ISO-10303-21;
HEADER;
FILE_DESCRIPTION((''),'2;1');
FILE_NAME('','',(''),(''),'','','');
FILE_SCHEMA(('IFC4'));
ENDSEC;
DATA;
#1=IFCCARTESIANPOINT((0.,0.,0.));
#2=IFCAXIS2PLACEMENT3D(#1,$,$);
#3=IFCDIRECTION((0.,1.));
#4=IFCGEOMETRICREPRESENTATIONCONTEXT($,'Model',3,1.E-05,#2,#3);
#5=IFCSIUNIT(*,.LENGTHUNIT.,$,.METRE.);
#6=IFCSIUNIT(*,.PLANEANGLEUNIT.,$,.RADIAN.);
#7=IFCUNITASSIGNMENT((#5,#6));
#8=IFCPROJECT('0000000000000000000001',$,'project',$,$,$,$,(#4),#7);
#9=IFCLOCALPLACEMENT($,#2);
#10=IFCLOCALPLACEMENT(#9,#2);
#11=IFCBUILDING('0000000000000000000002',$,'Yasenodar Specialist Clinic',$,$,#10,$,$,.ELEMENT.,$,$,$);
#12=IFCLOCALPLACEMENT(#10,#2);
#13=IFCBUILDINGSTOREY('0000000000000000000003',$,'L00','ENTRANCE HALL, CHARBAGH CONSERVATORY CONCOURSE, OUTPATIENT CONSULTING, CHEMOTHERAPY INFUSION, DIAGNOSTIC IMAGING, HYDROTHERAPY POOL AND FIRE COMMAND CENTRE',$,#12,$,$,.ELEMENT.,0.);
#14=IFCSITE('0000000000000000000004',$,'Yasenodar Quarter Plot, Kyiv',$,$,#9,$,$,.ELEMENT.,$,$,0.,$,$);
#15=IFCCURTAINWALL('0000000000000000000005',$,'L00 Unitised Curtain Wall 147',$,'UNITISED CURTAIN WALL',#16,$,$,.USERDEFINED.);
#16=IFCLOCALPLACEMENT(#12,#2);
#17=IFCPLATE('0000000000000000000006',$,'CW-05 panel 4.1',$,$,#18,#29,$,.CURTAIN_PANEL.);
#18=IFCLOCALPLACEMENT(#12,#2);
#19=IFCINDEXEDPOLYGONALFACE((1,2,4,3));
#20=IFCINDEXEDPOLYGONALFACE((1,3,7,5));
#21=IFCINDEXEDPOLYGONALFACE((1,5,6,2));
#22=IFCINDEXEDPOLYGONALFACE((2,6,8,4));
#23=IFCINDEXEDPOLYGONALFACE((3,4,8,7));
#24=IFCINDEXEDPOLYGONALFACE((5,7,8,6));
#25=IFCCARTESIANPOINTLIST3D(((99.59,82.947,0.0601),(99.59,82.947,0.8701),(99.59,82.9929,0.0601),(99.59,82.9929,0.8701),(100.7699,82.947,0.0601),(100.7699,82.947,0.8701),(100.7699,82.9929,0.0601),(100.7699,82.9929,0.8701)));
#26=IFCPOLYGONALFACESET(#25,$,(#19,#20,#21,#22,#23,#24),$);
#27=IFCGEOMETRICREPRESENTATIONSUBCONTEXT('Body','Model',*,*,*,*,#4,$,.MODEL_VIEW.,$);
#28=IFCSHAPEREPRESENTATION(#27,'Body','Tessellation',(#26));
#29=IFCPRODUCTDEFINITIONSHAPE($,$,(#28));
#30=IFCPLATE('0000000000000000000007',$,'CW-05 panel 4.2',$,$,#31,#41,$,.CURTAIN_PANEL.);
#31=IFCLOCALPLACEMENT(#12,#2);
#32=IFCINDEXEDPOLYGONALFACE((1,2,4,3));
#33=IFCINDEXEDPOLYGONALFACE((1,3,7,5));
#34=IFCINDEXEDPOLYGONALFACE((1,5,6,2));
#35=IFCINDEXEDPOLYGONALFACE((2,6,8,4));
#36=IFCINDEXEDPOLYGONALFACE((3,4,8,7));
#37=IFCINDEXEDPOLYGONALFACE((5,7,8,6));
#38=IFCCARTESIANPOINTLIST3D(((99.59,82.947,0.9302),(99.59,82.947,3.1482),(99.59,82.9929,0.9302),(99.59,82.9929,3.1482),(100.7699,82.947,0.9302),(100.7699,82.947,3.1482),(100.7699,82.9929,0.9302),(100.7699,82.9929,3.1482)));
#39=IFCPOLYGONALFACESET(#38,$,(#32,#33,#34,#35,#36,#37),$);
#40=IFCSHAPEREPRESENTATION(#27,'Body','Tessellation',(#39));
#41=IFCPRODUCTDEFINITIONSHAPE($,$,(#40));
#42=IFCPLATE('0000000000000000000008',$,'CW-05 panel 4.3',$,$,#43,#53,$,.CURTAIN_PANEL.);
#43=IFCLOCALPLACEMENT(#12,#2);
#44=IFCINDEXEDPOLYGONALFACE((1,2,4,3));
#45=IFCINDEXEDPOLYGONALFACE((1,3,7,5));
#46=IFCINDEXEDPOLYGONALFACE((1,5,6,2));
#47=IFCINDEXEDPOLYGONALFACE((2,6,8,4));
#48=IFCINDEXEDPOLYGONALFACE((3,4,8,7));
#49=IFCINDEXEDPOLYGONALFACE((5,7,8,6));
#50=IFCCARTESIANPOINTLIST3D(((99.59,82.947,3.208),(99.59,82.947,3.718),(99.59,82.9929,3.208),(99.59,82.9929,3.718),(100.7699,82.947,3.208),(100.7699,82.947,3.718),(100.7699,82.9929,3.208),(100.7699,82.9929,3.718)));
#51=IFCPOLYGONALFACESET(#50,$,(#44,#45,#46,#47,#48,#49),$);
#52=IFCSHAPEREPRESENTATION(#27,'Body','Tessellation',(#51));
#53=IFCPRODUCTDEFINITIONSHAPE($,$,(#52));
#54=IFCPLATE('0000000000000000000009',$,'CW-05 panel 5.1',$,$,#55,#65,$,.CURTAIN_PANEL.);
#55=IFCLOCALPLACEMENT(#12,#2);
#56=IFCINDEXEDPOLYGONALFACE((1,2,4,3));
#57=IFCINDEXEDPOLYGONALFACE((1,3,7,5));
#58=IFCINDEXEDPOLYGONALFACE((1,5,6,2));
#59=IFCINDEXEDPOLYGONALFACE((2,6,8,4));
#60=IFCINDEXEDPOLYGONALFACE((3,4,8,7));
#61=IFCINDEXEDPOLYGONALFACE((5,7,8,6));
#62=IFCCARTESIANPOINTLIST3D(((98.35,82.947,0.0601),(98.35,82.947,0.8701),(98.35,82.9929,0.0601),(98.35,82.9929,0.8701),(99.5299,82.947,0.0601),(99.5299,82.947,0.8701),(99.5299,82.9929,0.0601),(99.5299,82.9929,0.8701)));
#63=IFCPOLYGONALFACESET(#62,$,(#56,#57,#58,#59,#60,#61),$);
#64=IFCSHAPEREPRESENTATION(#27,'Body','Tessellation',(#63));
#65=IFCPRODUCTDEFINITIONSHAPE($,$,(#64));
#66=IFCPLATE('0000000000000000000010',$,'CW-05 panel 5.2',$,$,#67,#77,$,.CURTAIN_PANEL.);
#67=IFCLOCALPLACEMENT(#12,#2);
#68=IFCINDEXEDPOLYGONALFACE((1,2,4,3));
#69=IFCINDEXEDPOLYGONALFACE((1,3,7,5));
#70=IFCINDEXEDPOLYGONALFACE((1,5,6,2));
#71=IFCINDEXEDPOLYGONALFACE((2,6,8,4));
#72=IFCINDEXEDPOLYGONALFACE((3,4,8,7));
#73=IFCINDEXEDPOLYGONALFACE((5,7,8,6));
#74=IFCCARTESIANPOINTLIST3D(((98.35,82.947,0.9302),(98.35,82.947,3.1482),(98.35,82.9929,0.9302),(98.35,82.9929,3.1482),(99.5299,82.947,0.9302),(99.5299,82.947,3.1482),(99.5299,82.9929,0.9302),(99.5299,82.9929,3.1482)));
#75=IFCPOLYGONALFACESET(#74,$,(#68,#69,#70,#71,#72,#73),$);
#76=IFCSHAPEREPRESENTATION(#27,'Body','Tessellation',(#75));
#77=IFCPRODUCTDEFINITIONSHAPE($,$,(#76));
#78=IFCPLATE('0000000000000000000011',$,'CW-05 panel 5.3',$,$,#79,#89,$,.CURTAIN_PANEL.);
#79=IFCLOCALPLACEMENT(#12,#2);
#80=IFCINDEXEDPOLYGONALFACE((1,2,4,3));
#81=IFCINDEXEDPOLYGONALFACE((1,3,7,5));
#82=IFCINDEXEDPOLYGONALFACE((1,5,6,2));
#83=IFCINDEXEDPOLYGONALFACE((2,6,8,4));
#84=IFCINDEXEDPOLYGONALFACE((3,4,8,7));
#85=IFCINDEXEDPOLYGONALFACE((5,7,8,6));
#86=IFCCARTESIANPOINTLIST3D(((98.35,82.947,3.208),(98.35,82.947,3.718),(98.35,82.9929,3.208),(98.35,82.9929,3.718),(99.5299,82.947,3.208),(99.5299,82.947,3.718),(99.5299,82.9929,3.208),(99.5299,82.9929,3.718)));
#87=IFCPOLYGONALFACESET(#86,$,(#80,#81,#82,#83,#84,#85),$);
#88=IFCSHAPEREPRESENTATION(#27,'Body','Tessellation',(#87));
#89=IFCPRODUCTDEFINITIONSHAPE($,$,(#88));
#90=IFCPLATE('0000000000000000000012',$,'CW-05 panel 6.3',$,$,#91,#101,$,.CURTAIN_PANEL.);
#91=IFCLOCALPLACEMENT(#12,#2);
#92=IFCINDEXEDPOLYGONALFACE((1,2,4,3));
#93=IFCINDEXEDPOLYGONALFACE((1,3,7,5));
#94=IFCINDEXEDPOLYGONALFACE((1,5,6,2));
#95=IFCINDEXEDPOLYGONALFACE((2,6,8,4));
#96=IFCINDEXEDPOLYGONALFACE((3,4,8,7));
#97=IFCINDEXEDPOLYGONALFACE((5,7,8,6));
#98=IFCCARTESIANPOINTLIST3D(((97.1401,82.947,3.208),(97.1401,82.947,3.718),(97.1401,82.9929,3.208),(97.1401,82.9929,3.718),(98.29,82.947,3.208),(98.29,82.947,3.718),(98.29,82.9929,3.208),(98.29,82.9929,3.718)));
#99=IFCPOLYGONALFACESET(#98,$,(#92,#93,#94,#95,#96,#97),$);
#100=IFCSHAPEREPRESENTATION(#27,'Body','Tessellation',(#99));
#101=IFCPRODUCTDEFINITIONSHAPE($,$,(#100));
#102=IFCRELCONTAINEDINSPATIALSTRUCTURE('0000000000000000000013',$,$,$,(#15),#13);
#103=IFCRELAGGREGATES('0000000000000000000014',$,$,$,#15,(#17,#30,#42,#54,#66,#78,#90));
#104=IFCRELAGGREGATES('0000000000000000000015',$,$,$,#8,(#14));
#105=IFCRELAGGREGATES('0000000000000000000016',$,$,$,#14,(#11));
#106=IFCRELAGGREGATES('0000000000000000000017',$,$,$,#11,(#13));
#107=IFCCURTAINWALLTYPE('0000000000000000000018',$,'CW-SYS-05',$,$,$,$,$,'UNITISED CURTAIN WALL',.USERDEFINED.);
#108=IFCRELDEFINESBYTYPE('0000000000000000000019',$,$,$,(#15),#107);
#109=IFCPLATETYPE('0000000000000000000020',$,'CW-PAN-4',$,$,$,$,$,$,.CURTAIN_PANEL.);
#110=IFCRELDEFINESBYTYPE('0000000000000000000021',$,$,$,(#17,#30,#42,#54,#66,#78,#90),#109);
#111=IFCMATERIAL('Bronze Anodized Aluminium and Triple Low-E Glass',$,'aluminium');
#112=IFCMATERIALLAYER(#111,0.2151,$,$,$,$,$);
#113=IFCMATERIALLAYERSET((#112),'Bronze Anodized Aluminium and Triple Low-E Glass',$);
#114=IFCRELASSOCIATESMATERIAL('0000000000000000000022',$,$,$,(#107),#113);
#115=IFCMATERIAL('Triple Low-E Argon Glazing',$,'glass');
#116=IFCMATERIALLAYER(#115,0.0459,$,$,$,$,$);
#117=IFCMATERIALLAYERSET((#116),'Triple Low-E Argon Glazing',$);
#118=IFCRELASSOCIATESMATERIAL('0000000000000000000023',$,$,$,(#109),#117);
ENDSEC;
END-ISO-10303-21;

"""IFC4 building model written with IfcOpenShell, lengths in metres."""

from ifc_helpers import new_model, si_unit, direction, frame, origin, origin_2d, place, context, subcontext, project, spatial, rectangle, extrude, material, layer, layer_set, type_object, element, aggregate, save


model = new_model("IFC4")

# Units and contexts
model_context = context("Model", 3, precision=1e-05, world=origin(), true_north=direction((0.0, 1.0)))
body_context = subcontext(model_context, "Body", "Model", "MODEL_VIEW")
ifc_project = project(units=[si_unit("LENGTHUNIT", "METRE"), si_unit("PLANEANGLEUNIT", "RADIAN")], contexts=[model_context])

# Site, building, storey
site_placement = place(None, origin())
site = spatial("IfcSite", under=ifc_project, at=site_placement, Name="Yasenodar Quarter Plot, Kyiv", CompositionType="ELEMENT", RefElevation=0.0)
building_placement = place(site_placement, origin())
building = spatial("IfcBuilding", under=site, at=building_placement, Name="Yasenodar Specialist Clinic", CompositionType="ELEMENT")
storey_placement = place(building_placement, origin())
storey = spatial("IfcBuildingStorey", under=building, at=storey_placement, Name="L00", Description="ENTRANCE HALL, CHARBAGH CONSERVATORY CONCOURSE, OUTPATIENT CONSULTING, CHEMOTHERAPY INFUSION, DIAGNOSTIC IMAGING, HYDROTHERAPY POOL AND FIRE COMMAND CENTRE", CompositionType="ELEMENT", Elevation=0.0)

# Curtain wall, plates
ifc_material_1 = material(Name="Bronze Anodized Aluminium and Triple Low-E Glass", Category="aluminium")
ifc_layer_1 = layer(ifc_material_1, 0.2151)
ifc_layer_set_1 = layer_set([ifc_layer_1], Name="Bronze Anodized Aluminium and Triple Low-E Glass")
curtain_wall_type = type_object("IfcCurtainWallType", Name="CW-SYS-05", ElementType="UNITISED CURTAIN WALL", PredefinedType="USERDEFINED", material=ifc_layer_set_1)
curtain_wall_placement = place(storey_placement, origin())
curtain_wall = element("IfcCurtainWall", 1, at=curtain_wall_placement, inside=storey, type_object=curtain_wall_type, Name="L00 Unitised Curtain Wall 147", ObjectType="UNITISED CURTAIN WALL", PredefinedType="USERDEFINED")
ifc_material_2 = material(Name="Triple Low-E Argon Glazing", Category="glass")
ifc_layer_2 = layer(ifc_material_2, 0.0459)
ifc_layer_set_2 = layer_set([ifc_layer_2], Name="Triple Low-E Argon Glazing")
plate_type = type_object("IfcPlateType", Name="CW-PAN-4", PredefinedType="CURTAIN_PANEL", material=ifc_layer_set_2)
plate_1_placement = place(storey_placement, frame((100.1799, 82.97, 0.0601), z_axis=(0.0, 0.0, 1.0), x_axis=(-1.0, 0.0, 0.0)))
plate_1 = element("IfcPlate", 2, at=plate_1_placement, type_object=plate_type, Name="CW-05 panel 4.1", PredefinedType="CURTAIN_PANEL", context=body_context, shape_type="SweptSolid", body=[
    extrude(rectangle(XDim=1.1799, YDim=0.0459, at=origin_2d()), origin(), (0.0, 0.0, 1.0), 0.8101),
])
plate_2_placement = place(storey_placement, frame((100.1799, 82.97, 0.9302), z_axis=(0.0, 0.0, 1.0), x_axis=(-1.0, 0.0, 0.0)))
plate_2 = element("IfcPlate", 3, at=plate_2_placement, type_object=plate_type, Name="CW-05 panel 4.2", PredefinedType="CURTAIN_PANEL", context=body_context, shape_type="SweptSolid", body=[
    extrude(rectangle(XDim=1.1799, YDim=0.0459, at=origin_2d()), origin(), (0.0, 0.0, 1.0), 2.218),
])
plate_3_placement = place(storey_placement, frame((100.1799, 82.97, 3.208), z_axis=(0.0, 0.0, 1.0), x_axis=(-1.0, 0.0, 0.0)))
plate_3 = element("IfcPlate", 4, at=plate_3_placement, type_object=plate_type, Name="CW-05 panel 4.3", PredefinedType="CURTAIN_PANEL", context=body_context, shape_type="SweptSolid", body=[
    extrude(rectangle(XDim=1.1799, YDim=0.0459, at=origin_2d()), origin(), (0.0, 0.0, 1.0), 0.51),
])
plate_4_placement = place(storey_placement, frame((98.9399, 82.97, 0.0601), z_axis=(0.0, 0.0, 1.0), x_axis=(-1.0, 0.0, 0.0)))
plate_4 = element("IfcPlate", 5, at=plate_4_placement, type_object=plate_type, Name="CW-05 panel 5.1", PredefinedType="CURTAIN_PANEL", context=body_context, shape_type="SweptSolid", body=[
    extrude(rectangle(XDim=1.1799, YDim=0.0459, at=origin_2d()), origin(), (0.0, 0.0, 1.0), 0.8101),
])
plate_5_placement = place(storey_placement, frame((98.9399, 82.97, 0.9302), z_axis=(0.0, 0.0, 1.0), x_axis=(-1.0, 0.0, 0.0)))
plate_5 = element("IfcPlate", 6, at=plate_5_placement, type_object=plate_type, Name="CW-05 panel 5.2", PredefinedType="CURTAIN_PANEL", context=body_context, shape_type="SweptSolid", body=[
    extrude(rectangle(XDim=1.1799, YDim=0.0459, at=origin_2d()), origin(), (0.0, 0.0, 1.0), 2.218),
])
plate_6_placement = place(storey_placement, frame((98.9399, 82.97, 3.208), z_axis=(0.0, 0.0, 1.0), x_axis=(-1.0, 0.0, 0.0)))
plate_6 = element("IfcPlate", 7, at=plate_6_placement, type_object=plate_type, Name="CW-05 panel 5.3", PredefinedType="CURTAIN_PANEL", context=body_context, shape_type="SweptSolid", body=[
    extrude(rectangle(XDim=1.1799, YDim=0.0459, at=origin_2d()), origin(), (0.0, 0.0, 1.0), 0.51),
])
plate_7_placement = place(storey_placement, frame((97.7151, 82.97, 3.208), z_axis=(0.0, 0.0, 1.0), x_axis=(-1.0, 0.0, 0.0)))
plate_7 = element("IfcPlate", 8, at=plate_7_placement, type_object=plate_type, Name="CW-05 panel 6.3", PredefinedType="CURTAIN_PANEL", context=body_context, shape_type="SweptSolid", body=[
    extrude(rectangle(XDim=1.1499, YDim=0.0459, at=origin_2d()), origin(), (0.0, 0.0, 1.0), 0.51),
])
aggregate(curtain_wall, [plate_1, plate_2, plate_3, plate_4, plate_5, plate_6, plate_7])

save(model, "model.ifc")
